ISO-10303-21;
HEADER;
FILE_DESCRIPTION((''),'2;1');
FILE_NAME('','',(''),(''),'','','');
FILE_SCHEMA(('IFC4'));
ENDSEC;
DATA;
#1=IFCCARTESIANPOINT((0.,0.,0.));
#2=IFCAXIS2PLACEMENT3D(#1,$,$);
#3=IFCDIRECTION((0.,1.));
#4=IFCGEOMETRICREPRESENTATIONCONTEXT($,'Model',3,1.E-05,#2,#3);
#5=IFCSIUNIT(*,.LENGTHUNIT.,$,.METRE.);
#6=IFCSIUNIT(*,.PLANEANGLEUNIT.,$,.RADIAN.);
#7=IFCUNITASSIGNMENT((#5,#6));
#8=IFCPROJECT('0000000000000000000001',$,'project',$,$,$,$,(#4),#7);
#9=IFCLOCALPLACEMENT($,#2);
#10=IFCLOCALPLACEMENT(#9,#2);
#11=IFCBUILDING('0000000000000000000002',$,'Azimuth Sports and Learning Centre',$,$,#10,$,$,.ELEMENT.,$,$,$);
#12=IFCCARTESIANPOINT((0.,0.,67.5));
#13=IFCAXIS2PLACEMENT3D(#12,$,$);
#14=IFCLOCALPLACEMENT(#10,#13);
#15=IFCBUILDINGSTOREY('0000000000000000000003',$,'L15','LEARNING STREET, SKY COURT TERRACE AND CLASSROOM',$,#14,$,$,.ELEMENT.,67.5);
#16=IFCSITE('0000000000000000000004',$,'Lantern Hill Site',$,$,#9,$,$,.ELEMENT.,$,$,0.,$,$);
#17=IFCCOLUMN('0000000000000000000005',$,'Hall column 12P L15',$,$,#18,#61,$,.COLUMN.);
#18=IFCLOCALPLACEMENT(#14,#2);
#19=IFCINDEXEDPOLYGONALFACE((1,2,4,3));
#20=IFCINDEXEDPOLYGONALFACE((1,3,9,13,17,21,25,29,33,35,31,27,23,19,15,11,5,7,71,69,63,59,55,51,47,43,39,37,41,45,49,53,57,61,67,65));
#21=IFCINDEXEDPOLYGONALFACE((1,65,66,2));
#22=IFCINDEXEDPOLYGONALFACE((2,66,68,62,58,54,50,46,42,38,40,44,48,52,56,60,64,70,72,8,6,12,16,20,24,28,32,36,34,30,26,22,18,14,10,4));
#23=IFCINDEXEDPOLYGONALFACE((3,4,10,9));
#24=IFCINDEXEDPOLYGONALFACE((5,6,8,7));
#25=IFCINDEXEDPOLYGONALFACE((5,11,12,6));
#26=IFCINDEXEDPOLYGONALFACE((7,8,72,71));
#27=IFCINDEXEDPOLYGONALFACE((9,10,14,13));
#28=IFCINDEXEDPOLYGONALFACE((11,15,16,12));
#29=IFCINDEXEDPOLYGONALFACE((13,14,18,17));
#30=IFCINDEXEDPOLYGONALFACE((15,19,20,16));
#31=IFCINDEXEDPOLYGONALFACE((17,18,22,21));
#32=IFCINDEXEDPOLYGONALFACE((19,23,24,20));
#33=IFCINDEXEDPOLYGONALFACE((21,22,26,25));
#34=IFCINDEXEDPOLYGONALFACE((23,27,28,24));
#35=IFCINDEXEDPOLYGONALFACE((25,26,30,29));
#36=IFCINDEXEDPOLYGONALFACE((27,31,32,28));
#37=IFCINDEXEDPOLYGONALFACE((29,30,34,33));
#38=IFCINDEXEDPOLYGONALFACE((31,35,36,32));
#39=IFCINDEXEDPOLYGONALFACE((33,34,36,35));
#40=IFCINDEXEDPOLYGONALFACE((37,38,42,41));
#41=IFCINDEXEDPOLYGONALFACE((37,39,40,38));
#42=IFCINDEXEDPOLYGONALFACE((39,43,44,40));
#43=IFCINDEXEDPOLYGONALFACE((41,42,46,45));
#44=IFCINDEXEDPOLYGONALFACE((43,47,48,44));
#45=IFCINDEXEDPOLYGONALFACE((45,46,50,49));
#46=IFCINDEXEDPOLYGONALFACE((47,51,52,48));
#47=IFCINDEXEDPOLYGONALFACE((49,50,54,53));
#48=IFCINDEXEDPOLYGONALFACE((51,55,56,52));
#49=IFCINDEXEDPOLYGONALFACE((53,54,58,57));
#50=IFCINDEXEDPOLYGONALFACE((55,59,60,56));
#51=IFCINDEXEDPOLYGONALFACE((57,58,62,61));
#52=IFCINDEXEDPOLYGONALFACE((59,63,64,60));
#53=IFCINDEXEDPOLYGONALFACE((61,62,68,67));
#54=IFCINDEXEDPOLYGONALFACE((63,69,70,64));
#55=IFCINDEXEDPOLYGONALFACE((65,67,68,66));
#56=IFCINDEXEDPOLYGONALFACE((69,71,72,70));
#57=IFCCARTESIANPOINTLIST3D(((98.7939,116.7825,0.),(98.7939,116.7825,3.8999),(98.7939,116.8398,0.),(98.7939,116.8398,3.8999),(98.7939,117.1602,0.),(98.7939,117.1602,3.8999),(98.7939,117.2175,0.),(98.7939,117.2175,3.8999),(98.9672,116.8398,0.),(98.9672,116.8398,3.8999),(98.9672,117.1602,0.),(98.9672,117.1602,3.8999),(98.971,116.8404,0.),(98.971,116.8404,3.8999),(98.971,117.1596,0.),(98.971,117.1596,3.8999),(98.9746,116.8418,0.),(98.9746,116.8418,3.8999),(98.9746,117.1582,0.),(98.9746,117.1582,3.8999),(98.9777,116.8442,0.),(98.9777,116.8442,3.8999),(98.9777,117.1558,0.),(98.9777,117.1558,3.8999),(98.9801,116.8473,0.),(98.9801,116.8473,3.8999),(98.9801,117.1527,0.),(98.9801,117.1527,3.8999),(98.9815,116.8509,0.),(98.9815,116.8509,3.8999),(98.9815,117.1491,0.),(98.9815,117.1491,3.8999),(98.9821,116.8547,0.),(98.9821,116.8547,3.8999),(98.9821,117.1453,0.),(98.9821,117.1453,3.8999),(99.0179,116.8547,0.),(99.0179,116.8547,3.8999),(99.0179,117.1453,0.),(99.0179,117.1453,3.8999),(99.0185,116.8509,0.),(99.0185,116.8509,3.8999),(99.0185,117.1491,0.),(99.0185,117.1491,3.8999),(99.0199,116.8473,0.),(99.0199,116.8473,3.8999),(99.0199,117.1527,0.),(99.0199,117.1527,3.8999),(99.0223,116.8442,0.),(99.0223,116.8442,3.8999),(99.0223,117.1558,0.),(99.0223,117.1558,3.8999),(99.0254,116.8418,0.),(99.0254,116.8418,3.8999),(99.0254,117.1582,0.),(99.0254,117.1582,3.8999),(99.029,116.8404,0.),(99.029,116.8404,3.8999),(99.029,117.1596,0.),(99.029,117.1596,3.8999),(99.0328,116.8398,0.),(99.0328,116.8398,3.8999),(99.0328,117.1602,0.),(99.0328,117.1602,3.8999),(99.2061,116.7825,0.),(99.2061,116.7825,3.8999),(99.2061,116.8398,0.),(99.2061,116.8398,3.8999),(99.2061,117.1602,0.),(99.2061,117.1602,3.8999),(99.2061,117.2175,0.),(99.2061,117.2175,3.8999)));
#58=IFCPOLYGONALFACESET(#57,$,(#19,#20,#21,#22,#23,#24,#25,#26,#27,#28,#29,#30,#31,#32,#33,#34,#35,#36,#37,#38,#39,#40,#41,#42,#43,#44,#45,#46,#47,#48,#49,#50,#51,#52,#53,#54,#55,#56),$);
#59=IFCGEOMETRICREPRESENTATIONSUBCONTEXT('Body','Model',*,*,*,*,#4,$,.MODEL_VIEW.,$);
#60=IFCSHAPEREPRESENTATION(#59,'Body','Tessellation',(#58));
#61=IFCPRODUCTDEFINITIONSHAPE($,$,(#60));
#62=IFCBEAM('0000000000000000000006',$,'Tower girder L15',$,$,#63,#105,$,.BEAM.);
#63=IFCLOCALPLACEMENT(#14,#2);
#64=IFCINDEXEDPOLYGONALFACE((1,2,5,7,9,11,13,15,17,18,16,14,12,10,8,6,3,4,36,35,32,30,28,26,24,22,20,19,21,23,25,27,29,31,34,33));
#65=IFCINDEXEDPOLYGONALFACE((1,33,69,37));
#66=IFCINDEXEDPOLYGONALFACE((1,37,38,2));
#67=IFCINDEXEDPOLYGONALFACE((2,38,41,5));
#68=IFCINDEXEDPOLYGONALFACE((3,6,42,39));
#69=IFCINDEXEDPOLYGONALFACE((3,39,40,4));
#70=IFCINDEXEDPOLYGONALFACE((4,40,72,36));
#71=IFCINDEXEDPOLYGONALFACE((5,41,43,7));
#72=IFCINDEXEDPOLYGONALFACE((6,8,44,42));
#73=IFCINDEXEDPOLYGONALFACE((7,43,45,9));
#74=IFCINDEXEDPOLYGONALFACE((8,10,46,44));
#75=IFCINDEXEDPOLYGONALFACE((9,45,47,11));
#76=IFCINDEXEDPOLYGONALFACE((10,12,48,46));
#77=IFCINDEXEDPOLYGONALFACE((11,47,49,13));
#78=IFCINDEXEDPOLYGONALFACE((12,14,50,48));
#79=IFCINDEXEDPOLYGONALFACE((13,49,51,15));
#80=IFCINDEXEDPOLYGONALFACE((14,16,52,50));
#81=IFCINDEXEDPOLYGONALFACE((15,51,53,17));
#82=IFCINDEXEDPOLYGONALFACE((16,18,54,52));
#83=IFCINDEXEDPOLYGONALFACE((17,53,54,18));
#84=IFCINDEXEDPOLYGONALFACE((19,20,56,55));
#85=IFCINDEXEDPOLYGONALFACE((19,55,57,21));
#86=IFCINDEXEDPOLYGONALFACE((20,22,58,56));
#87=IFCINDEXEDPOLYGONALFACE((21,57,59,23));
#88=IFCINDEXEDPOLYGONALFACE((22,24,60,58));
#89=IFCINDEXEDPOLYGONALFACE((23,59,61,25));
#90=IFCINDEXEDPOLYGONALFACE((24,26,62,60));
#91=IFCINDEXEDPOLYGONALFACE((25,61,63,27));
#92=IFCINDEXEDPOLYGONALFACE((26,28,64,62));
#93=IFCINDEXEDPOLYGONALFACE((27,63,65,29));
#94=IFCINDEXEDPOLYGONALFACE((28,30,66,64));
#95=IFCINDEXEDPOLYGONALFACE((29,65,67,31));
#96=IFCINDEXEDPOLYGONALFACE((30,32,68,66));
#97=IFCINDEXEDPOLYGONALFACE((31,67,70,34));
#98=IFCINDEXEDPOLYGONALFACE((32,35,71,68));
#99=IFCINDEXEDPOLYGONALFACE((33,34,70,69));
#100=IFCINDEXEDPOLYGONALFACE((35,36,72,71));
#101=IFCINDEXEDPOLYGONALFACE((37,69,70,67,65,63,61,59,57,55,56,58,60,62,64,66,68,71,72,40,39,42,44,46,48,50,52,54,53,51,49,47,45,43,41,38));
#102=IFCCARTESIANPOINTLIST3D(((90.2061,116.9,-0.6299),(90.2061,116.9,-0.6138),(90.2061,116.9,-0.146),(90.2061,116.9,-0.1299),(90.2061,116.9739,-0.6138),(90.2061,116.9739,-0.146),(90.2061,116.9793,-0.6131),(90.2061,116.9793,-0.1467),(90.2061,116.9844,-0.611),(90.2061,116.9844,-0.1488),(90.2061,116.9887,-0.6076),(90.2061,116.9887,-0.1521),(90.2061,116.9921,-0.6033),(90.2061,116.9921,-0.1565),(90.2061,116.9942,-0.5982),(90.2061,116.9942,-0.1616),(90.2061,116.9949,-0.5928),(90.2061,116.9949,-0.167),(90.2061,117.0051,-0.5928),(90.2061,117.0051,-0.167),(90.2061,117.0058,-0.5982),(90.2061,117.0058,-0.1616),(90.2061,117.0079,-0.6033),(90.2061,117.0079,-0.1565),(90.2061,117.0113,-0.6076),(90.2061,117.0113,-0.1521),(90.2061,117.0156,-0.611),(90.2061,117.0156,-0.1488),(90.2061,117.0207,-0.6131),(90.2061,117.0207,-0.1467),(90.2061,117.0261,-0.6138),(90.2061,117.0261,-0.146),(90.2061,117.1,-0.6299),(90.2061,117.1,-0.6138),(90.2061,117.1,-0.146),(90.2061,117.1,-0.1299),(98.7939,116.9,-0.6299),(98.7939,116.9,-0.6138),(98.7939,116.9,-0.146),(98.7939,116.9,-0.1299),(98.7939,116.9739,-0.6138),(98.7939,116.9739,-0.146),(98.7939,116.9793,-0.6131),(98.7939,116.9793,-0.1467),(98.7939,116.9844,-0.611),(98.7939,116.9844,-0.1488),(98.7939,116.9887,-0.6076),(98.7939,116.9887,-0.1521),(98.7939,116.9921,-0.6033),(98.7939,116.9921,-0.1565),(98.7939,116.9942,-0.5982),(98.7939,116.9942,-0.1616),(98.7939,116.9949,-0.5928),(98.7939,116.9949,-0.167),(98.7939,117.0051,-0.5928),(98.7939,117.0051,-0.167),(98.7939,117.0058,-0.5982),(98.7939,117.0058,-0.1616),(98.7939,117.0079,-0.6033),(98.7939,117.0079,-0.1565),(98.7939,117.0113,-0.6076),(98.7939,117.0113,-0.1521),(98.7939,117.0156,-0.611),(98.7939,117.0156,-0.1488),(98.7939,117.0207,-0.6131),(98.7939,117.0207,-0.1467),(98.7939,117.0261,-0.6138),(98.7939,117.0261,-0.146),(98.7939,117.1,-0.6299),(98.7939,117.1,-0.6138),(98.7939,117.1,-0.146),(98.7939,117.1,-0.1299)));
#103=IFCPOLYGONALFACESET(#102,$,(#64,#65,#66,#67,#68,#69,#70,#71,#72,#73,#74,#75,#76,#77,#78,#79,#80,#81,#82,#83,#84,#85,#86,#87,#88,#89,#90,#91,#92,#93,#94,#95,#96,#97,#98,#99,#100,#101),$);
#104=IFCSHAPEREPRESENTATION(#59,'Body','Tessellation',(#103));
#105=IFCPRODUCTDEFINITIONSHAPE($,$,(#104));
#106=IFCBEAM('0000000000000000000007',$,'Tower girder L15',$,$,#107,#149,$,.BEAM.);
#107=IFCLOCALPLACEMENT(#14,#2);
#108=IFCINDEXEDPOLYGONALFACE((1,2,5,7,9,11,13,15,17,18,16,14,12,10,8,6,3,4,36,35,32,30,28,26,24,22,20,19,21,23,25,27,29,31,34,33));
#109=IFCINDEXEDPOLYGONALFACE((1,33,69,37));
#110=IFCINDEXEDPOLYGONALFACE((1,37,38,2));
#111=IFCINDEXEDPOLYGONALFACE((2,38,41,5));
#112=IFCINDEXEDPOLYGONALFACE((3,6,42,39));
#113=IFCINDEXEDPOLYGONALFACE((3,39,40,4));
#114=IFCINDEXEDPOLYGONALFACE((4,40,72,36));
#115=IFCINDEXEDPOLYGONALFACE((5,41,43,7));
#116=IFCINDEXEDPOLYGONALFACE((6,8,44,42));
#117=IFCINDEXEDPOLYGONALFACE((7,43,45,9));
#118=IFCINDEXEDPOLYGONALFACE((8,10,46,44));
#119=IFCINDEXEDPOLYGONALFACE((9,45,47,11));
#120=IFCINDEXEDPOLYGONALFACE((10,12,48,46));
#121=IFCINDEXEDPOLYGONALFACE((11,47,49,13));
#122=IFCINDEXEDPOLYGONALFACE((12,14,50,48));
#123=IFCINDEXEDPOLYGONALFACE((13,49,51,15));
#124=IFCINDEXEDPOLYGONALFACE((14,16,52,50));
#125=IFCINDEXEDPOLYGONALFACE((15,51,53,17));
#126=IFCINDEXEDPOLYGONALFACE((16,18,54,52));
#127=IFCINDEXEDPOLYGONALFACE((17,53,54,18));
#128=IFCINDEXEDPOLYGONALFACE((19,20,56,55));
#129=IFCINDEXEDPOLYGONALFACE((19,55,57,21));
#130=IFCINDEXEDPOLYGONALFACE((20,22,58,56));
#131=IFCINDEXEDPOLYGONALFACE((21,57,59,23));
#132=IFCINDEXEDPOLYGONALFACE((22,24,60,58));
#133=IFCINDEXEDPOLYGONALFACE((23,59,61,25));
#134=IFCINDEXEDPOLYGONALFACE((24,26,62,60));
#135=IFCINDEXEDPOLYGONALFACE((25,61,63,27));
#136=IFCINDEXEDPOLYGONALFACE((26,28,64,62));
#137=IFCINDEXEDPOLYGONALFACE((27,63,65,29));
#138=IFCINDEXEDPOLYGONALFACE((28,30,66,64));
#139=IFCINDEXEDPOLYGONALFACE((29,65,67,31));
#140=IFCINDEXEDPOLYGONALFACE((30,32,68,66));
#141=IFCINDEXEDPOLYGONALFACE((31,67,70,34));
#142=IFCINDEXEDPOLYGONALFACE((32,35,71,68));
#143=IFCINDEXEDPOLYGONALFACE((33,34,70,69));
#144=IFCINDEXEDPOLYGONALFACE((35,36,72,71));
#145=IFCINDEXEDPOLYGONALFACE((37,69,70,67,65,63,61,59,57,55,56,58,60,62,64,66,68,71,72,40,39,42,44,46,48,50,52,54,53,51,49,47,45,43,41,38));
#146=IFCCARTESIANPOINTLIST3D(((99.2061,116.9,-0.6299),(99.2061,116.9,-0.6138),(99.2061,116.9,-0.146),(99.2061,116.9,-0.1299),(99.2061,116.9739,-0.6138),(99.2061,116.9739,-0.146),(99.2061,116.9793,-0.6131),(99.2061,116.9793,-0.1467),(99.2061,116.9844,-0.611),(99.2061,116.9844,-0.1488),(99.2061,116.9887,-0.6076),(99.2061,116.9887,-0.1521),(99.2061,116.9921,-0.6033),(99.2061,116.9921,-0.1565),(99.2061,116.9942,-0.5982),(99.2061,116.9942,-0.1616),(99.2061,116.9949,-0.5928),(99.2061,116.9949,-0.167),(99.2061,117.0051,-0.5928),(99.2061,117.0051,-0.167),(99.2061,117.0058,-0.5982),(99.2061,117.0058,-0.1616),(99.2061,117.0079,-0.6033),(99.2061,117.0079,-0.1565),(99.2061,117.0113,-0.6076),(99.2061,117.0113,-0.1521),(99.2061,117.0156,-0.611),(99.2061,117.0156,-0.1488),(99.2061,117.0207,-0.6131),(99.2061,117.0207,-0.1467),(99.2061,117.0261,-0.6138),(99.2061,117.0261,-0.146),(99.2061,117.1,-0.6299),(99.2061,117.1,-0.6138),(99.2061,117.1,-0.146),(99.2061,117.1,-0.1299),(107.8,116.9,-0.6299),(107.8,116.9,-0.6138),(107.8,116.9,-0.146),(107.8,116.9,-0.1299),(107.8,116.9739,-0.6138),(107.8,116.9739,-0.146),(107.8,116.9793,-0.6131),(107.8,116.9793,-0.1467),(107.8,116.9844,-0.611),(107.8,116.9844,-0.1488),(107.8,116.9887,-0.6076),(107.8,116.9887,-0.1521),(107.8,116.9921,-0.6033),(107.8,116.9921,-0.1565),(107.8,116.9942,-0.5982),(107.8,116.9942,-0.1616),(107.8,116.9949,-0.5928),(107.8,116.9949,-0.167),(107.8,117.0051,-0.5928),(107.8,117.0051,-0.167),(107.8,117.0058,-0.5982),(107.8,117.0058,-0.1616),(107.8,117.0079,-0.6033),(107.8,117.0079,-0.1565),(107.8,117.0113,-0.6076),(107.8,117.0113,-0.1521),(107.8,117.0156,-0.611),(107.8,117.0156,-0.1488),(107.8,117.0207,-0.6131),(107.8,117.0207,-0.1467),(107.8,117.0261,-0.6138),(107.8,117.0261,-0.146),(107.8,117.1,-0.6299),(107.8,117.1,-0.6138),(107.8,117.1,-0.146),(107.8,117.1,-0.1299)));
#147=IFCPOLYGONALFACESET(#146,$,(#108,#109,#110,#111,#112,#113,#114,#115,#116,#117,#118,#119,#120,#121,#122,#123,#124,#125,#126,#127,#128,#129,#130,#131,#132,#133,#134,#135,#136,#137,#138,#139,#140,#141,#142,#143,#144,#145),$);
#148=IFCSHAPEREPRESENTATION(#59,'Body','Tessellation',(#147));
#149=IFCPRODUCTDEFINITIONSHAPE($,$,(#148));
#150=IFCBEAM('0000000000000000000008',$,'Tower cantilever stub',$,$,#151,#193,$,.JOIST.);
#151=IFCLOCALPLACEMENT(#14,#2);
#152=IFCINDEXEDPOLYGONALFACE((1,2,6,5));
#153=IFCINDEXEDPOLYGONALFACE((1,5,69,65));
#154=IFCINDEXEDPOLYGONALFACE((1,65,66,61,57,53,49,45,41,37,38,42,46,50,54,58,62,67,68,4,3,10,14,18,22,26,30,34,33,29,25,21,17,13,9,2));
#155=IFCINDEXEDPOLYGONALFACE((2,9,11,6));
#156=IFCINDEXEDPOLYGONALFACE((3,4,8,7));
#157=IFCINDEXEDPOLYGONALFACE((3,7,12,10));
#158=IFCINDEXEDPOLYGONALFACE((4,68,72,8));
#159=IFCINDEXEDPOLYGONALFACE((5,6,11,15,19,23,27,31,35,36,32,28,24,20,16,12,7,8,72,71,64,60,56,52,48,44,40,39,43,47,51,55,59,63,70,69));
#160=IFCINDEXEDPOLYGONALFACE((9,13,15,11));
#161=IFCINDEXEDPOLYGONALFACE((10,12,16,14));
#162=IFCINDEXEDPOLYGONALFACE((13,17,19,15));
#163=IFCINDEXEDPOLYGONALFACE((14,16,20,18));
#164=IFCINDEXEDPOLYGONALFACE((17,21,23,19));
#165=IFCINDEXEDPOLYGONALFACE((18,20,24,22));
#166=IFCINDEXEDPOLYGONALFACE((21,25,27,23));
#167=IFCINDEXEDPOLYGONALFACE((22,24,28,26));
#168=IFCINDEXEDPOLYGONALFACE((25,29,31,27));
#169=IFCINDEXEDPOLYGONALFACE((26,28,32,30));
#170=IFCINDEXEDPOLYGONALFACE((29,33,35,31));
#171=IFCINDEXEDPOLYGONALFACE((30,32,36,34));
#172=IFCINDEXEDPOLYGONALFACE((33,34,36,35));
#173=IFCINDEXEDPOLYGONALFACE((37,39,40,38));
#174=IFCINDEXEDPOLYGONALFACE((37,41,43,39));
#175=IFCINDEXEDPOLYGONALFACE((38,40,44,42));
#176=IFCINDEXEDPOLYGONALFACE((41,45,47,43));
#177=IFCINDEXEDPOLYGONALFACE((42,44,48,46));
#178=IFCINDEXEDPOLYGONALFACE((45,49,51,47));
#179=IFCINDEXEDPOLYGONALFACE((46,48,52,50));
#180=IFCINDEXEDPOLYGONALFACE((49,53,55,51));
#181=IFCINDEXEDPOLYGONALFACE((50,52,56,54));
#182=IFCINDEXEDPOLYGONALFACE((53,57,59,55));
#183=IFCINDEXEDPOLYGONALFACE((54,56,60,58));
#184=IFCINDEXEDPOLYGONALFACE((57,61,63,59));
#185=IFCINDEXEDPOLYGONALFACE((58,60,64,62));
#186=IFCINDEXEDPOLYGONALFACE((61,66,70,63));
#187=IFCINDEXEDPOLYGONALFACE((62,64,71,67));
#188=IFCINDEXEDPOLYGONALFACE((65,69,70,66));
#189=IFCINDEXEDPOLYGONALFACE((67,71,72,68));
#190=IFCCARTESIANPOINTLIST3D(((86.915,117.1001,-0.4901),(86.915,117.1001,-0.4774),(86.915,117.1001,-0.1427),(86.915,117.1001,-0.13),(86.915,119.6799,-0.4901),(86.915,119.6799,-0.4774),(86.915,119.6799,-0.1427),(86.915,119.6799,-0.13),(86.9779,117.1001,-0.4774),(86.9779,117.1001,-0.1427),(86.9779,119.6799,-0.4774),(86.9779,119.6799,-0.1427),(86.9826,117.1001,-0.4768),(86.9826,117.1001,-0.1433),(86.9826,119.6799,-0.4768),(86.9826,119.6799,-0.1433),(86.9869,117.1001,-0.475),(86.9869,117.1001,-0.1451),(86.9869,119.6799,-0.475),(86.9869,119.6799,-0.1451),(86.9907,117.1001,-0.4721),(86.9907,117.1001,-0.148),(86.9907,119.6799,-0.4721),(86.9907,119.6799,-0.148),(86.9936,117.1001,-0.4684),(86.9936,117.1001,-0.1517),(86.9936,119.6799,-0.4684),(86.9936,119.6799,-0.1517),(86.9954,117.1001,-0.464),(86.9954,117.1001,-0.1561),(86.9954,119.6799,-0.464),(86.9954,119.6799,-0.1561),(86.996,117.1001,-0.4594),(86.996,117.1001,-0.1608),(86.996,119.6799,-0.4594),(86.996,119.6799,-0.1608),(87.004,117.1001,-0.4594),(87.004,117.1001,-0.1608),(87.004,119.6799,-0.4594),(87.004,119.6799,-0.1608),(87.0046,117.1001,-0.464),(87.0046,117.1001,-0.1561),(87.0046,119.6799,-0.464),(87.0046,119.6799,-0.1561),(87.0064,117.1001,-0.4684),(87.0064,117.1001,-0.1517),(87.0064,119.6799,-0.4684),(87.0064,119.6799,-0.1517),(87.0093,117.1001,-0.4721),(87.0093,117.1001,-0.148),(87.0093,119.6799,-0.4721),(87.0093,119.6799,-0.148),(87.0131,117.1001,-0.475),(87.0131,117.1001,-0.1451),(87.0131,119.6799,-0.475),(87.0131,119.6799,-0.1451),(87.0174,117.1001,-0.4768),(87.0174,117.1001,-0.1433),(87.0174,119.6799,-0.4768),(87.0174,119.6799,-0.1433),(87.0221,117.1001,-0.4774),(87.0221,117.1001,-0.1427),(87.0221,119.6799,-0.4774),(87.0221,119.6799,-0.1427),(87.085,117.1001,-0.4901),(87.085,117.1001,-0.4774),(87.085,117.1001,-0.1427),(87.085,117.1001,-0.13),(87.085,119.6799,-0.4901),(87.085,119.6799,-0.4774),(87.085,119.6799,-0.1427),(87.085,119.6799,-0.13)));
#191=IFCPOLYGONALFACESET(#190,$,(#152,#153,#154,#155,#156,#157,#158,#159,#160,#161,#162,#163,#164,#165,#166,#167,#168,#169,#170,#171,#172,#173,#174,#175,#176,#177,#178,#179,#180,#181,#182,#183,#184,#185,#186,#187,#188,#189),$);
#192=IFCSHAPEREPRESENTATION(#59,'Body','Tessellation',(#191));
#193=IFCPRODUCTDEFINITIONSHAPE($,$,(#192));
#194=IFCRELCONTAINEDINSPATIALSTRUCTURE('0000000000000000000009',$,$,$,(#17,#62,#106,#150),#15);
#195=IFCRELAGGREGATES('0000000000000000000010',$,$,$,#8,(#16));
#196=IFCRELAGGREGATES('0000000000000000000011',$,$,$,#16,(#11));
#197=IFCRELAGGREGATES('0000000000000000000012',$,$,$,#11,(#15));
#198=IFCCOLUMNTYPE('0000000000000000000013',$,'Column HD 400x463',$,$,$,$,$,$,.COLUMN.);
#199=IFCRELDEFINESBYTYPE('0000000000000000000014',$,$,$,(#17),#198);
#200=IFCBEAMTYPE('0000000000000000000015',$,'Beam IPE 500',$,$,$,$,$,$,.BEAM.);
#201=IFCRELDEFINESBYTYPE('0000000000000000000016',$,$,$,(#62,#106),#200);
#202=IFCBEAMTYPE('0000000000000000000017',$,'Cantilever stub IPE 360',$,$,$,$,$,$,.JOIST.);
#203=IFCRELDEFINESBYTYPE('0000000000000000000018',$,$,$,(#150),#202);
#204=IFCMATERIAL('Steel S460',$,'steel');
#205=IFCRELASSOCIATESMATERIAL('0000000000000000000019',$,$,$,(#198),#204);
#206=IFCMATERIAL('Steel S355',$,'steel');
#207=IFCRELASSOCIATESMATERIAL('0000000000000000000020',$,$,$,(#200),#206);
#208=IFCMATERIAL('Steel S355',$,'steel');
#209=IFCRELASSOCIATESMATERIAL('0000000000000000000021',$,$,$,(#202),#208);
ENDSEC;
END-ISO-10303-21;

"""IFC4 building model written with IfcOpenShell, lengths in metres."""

from ifc_helpers import new_model, si_unit, direction, frame, origin, origin_2d, place, context, subcontext, project, spatial, i_section, extrude, material, material_profile, profile_set, type_object, element, save


model = new_model("IFC4")

# Units and contexts
model_context = context("Model", 3, precision=1e-05, world=origin(), true_north=direction((0.0, 1.0)))
body_context = subcontext(model_context, "Body", "Model", "MODEL_VIEW")
ifc_project = project(units=[si_unit("LENGTHUNIT", "METRE"), si_unit("PLANEANGLEUNIT", "RADIAN")], contexts=[model_context])

# Site, building, storey
site_placement = place(None, origin())
site = spatial("IfcSite", under=ifc_project, at=site_placement, Name="Lantern Hill Site", CompositionType="ELEMENT", RefElevation=0.0)
building_placement = place(site_placement, origin())
building = spatial("IfcBuilding", under=site, at=building_placement, Name="Azimuth Sports and Learning Centre", CompositionType="ELEMENT")
storey_placement = place(building_placement, frame((0.0, 0.0, 67.5)))
storey = spatial("IfcBuildingStorey", under=building, at=storey_placement, Name="L15", Description="LEARNING STREET, SKY COURT TERRACE AND CLASSROOM", CompositionType="ELEMENT", Elevation=67.5)

# Column
ifc_material_1 = material(Name="Steel S460", Category="steel")
ifc_material_profile_1 = material_profile(ifc_material_1, i_section(OverallWidth=0.4121, OverallDepth=0.4351, WebThickness=0.0359, FlangeThickness=0.0574, FilletRadius=0.0149, at=origin_2d()), Name="HD 400x463")
ifc_profile_set_1 = profile_set([ifc_material_profile_1], Name="Steel S460")
column_type = type_object("IfcColumnType", Name="Column HD 400x463", PredefinedType="COLUMN", material=ifc_profile_set_1)
column_placement = place(storey_placement, frame((99.0, 117.0, 0.0), z_axis=(0.0, 0.0, 1.0), x_axis=(1.0, 0.0, 0.0)))
element("IfcColumn", 1, at=column_placement, inside=storey, type_object=column_type, Name="Hall column 12P L15", PredefinedType="COLUMN", context=body_context, shape_type="SweptSolid", body=[
    extrude(i_section(OverallWidth=0.4121, OverallDepth=0.4351, WebThickness=0.0359, FlangeThickness=0.0574, FilletRadius=0.0149, at=origin_2d()), origin(), (0.0, 0.0, 1.0), 3.8999),
])

# Beams
ifc_material_2 = material(Name="Steel S355", Category="steel")
ifc_material_profile_2 = material_profile(ifc_material_2, i_section(OverallWidth=0.2, OverallDepth=0.5, WebThickness=0.0103, FlangeThickness=0.0161, FilletRadius=0.021, at=origin_2d()), Name="IPE 500")
ifc_profile_set_2 = profile_set([ifc_material_profile_2], Name="Steel S355")
beam_type_1 = type_object("IfcBeamType", Name="Beam IPE 500", PredefinedType="BEAM", material=ifc_profile_set_2)
beam_1_placement = place(storey_placement, frame((90.2061, 117.0, -0.3799), z_axis=(1.0, 0.0, 0.0), x_axis=(0.0, 1.0, 0.0)))
element("IfcBeam", 2, at=beam_1_placement, inside=storey, type_object=beam_type_1, Name="Tower girder L15", PredefinedType="BEAM", context=body_context, shape_type="SweptSolid", body=[
    extrude(i_section(OverallWidth=0.2, OverallDepth=0.5, WebThickness=0.0103, FlangeThickness=0.0161, FilletRadius=0.021, at=origin_2d()), origin(), (0.0, 0.0, 1.0), 8.5879),
])
beam_2_placement = place(storey_placement, frame((99.2061, 117.0, -0.3799), z_axis=(1.0, 0.0, 0.0), x_axis=(0.0, 1.0, 0.0)))
element("IfcBeam", 3, at=beam_2_placement, inside=storey, type_object=beam_type_1, Name="Tower girder L15", PredefinedType="BEAM", context=body_context, shape_type="SweptSolid", body=[
    extrude(i_section(OverallWidth=0.2, OverallDepth=0.5, WebThickness=0.0103, FlangeThickness=0.0161, FilletRadius=0.021, at=origin_2d()), origin(), (0.0, 0.0, 1.0), 8.594),
])
ifc_material_3 = material(Name="Steel S355", Category="steel")
ifc_material_profile_3 = material_profile(ifc_material_3, i_section(OverallWidth=0.1699, OverallDepth=0.3601, WebThickness=0.0081, FlangeThickness=0.0127, FilletRadius=0.0181, at=origin_2d()), Name="IPE 360")
ifc_profile_set_3 = profile_set([ifc_material_profile_3], Name="Steel S355")
beam_type_2 = type_object("IfcBeamType", Name="Cantilever stub IPE 360", PredefinedType="JOIST", material=ifc_profile_set_3)
beam_3_placement = place(storey_placement, frame((87.0, 117.1001, -0.3101), z_axis=(0.0, 1.0, 0.0), x_axis=(-1.0, 0.0, 0.0)))
element("IfcBeam", 4, at=beam_3_placement, inside=storey, type_object=beam_type_2, Name="Tower cantilever stub", PredefinedType="JOIST", context=body_context, shape_type="SweptSolid", body=[
    extrude(i_section(OverallWidth=0.1699, OverallDepth=0.3601, WebThickness=0.0081, FlangeThickness=0.0127, FilletRadius=0.0181, at=origin_2d()), origin(), (0.0, 0.0, 1.0), 2.5798),
])

save(model, "model.ifc")
